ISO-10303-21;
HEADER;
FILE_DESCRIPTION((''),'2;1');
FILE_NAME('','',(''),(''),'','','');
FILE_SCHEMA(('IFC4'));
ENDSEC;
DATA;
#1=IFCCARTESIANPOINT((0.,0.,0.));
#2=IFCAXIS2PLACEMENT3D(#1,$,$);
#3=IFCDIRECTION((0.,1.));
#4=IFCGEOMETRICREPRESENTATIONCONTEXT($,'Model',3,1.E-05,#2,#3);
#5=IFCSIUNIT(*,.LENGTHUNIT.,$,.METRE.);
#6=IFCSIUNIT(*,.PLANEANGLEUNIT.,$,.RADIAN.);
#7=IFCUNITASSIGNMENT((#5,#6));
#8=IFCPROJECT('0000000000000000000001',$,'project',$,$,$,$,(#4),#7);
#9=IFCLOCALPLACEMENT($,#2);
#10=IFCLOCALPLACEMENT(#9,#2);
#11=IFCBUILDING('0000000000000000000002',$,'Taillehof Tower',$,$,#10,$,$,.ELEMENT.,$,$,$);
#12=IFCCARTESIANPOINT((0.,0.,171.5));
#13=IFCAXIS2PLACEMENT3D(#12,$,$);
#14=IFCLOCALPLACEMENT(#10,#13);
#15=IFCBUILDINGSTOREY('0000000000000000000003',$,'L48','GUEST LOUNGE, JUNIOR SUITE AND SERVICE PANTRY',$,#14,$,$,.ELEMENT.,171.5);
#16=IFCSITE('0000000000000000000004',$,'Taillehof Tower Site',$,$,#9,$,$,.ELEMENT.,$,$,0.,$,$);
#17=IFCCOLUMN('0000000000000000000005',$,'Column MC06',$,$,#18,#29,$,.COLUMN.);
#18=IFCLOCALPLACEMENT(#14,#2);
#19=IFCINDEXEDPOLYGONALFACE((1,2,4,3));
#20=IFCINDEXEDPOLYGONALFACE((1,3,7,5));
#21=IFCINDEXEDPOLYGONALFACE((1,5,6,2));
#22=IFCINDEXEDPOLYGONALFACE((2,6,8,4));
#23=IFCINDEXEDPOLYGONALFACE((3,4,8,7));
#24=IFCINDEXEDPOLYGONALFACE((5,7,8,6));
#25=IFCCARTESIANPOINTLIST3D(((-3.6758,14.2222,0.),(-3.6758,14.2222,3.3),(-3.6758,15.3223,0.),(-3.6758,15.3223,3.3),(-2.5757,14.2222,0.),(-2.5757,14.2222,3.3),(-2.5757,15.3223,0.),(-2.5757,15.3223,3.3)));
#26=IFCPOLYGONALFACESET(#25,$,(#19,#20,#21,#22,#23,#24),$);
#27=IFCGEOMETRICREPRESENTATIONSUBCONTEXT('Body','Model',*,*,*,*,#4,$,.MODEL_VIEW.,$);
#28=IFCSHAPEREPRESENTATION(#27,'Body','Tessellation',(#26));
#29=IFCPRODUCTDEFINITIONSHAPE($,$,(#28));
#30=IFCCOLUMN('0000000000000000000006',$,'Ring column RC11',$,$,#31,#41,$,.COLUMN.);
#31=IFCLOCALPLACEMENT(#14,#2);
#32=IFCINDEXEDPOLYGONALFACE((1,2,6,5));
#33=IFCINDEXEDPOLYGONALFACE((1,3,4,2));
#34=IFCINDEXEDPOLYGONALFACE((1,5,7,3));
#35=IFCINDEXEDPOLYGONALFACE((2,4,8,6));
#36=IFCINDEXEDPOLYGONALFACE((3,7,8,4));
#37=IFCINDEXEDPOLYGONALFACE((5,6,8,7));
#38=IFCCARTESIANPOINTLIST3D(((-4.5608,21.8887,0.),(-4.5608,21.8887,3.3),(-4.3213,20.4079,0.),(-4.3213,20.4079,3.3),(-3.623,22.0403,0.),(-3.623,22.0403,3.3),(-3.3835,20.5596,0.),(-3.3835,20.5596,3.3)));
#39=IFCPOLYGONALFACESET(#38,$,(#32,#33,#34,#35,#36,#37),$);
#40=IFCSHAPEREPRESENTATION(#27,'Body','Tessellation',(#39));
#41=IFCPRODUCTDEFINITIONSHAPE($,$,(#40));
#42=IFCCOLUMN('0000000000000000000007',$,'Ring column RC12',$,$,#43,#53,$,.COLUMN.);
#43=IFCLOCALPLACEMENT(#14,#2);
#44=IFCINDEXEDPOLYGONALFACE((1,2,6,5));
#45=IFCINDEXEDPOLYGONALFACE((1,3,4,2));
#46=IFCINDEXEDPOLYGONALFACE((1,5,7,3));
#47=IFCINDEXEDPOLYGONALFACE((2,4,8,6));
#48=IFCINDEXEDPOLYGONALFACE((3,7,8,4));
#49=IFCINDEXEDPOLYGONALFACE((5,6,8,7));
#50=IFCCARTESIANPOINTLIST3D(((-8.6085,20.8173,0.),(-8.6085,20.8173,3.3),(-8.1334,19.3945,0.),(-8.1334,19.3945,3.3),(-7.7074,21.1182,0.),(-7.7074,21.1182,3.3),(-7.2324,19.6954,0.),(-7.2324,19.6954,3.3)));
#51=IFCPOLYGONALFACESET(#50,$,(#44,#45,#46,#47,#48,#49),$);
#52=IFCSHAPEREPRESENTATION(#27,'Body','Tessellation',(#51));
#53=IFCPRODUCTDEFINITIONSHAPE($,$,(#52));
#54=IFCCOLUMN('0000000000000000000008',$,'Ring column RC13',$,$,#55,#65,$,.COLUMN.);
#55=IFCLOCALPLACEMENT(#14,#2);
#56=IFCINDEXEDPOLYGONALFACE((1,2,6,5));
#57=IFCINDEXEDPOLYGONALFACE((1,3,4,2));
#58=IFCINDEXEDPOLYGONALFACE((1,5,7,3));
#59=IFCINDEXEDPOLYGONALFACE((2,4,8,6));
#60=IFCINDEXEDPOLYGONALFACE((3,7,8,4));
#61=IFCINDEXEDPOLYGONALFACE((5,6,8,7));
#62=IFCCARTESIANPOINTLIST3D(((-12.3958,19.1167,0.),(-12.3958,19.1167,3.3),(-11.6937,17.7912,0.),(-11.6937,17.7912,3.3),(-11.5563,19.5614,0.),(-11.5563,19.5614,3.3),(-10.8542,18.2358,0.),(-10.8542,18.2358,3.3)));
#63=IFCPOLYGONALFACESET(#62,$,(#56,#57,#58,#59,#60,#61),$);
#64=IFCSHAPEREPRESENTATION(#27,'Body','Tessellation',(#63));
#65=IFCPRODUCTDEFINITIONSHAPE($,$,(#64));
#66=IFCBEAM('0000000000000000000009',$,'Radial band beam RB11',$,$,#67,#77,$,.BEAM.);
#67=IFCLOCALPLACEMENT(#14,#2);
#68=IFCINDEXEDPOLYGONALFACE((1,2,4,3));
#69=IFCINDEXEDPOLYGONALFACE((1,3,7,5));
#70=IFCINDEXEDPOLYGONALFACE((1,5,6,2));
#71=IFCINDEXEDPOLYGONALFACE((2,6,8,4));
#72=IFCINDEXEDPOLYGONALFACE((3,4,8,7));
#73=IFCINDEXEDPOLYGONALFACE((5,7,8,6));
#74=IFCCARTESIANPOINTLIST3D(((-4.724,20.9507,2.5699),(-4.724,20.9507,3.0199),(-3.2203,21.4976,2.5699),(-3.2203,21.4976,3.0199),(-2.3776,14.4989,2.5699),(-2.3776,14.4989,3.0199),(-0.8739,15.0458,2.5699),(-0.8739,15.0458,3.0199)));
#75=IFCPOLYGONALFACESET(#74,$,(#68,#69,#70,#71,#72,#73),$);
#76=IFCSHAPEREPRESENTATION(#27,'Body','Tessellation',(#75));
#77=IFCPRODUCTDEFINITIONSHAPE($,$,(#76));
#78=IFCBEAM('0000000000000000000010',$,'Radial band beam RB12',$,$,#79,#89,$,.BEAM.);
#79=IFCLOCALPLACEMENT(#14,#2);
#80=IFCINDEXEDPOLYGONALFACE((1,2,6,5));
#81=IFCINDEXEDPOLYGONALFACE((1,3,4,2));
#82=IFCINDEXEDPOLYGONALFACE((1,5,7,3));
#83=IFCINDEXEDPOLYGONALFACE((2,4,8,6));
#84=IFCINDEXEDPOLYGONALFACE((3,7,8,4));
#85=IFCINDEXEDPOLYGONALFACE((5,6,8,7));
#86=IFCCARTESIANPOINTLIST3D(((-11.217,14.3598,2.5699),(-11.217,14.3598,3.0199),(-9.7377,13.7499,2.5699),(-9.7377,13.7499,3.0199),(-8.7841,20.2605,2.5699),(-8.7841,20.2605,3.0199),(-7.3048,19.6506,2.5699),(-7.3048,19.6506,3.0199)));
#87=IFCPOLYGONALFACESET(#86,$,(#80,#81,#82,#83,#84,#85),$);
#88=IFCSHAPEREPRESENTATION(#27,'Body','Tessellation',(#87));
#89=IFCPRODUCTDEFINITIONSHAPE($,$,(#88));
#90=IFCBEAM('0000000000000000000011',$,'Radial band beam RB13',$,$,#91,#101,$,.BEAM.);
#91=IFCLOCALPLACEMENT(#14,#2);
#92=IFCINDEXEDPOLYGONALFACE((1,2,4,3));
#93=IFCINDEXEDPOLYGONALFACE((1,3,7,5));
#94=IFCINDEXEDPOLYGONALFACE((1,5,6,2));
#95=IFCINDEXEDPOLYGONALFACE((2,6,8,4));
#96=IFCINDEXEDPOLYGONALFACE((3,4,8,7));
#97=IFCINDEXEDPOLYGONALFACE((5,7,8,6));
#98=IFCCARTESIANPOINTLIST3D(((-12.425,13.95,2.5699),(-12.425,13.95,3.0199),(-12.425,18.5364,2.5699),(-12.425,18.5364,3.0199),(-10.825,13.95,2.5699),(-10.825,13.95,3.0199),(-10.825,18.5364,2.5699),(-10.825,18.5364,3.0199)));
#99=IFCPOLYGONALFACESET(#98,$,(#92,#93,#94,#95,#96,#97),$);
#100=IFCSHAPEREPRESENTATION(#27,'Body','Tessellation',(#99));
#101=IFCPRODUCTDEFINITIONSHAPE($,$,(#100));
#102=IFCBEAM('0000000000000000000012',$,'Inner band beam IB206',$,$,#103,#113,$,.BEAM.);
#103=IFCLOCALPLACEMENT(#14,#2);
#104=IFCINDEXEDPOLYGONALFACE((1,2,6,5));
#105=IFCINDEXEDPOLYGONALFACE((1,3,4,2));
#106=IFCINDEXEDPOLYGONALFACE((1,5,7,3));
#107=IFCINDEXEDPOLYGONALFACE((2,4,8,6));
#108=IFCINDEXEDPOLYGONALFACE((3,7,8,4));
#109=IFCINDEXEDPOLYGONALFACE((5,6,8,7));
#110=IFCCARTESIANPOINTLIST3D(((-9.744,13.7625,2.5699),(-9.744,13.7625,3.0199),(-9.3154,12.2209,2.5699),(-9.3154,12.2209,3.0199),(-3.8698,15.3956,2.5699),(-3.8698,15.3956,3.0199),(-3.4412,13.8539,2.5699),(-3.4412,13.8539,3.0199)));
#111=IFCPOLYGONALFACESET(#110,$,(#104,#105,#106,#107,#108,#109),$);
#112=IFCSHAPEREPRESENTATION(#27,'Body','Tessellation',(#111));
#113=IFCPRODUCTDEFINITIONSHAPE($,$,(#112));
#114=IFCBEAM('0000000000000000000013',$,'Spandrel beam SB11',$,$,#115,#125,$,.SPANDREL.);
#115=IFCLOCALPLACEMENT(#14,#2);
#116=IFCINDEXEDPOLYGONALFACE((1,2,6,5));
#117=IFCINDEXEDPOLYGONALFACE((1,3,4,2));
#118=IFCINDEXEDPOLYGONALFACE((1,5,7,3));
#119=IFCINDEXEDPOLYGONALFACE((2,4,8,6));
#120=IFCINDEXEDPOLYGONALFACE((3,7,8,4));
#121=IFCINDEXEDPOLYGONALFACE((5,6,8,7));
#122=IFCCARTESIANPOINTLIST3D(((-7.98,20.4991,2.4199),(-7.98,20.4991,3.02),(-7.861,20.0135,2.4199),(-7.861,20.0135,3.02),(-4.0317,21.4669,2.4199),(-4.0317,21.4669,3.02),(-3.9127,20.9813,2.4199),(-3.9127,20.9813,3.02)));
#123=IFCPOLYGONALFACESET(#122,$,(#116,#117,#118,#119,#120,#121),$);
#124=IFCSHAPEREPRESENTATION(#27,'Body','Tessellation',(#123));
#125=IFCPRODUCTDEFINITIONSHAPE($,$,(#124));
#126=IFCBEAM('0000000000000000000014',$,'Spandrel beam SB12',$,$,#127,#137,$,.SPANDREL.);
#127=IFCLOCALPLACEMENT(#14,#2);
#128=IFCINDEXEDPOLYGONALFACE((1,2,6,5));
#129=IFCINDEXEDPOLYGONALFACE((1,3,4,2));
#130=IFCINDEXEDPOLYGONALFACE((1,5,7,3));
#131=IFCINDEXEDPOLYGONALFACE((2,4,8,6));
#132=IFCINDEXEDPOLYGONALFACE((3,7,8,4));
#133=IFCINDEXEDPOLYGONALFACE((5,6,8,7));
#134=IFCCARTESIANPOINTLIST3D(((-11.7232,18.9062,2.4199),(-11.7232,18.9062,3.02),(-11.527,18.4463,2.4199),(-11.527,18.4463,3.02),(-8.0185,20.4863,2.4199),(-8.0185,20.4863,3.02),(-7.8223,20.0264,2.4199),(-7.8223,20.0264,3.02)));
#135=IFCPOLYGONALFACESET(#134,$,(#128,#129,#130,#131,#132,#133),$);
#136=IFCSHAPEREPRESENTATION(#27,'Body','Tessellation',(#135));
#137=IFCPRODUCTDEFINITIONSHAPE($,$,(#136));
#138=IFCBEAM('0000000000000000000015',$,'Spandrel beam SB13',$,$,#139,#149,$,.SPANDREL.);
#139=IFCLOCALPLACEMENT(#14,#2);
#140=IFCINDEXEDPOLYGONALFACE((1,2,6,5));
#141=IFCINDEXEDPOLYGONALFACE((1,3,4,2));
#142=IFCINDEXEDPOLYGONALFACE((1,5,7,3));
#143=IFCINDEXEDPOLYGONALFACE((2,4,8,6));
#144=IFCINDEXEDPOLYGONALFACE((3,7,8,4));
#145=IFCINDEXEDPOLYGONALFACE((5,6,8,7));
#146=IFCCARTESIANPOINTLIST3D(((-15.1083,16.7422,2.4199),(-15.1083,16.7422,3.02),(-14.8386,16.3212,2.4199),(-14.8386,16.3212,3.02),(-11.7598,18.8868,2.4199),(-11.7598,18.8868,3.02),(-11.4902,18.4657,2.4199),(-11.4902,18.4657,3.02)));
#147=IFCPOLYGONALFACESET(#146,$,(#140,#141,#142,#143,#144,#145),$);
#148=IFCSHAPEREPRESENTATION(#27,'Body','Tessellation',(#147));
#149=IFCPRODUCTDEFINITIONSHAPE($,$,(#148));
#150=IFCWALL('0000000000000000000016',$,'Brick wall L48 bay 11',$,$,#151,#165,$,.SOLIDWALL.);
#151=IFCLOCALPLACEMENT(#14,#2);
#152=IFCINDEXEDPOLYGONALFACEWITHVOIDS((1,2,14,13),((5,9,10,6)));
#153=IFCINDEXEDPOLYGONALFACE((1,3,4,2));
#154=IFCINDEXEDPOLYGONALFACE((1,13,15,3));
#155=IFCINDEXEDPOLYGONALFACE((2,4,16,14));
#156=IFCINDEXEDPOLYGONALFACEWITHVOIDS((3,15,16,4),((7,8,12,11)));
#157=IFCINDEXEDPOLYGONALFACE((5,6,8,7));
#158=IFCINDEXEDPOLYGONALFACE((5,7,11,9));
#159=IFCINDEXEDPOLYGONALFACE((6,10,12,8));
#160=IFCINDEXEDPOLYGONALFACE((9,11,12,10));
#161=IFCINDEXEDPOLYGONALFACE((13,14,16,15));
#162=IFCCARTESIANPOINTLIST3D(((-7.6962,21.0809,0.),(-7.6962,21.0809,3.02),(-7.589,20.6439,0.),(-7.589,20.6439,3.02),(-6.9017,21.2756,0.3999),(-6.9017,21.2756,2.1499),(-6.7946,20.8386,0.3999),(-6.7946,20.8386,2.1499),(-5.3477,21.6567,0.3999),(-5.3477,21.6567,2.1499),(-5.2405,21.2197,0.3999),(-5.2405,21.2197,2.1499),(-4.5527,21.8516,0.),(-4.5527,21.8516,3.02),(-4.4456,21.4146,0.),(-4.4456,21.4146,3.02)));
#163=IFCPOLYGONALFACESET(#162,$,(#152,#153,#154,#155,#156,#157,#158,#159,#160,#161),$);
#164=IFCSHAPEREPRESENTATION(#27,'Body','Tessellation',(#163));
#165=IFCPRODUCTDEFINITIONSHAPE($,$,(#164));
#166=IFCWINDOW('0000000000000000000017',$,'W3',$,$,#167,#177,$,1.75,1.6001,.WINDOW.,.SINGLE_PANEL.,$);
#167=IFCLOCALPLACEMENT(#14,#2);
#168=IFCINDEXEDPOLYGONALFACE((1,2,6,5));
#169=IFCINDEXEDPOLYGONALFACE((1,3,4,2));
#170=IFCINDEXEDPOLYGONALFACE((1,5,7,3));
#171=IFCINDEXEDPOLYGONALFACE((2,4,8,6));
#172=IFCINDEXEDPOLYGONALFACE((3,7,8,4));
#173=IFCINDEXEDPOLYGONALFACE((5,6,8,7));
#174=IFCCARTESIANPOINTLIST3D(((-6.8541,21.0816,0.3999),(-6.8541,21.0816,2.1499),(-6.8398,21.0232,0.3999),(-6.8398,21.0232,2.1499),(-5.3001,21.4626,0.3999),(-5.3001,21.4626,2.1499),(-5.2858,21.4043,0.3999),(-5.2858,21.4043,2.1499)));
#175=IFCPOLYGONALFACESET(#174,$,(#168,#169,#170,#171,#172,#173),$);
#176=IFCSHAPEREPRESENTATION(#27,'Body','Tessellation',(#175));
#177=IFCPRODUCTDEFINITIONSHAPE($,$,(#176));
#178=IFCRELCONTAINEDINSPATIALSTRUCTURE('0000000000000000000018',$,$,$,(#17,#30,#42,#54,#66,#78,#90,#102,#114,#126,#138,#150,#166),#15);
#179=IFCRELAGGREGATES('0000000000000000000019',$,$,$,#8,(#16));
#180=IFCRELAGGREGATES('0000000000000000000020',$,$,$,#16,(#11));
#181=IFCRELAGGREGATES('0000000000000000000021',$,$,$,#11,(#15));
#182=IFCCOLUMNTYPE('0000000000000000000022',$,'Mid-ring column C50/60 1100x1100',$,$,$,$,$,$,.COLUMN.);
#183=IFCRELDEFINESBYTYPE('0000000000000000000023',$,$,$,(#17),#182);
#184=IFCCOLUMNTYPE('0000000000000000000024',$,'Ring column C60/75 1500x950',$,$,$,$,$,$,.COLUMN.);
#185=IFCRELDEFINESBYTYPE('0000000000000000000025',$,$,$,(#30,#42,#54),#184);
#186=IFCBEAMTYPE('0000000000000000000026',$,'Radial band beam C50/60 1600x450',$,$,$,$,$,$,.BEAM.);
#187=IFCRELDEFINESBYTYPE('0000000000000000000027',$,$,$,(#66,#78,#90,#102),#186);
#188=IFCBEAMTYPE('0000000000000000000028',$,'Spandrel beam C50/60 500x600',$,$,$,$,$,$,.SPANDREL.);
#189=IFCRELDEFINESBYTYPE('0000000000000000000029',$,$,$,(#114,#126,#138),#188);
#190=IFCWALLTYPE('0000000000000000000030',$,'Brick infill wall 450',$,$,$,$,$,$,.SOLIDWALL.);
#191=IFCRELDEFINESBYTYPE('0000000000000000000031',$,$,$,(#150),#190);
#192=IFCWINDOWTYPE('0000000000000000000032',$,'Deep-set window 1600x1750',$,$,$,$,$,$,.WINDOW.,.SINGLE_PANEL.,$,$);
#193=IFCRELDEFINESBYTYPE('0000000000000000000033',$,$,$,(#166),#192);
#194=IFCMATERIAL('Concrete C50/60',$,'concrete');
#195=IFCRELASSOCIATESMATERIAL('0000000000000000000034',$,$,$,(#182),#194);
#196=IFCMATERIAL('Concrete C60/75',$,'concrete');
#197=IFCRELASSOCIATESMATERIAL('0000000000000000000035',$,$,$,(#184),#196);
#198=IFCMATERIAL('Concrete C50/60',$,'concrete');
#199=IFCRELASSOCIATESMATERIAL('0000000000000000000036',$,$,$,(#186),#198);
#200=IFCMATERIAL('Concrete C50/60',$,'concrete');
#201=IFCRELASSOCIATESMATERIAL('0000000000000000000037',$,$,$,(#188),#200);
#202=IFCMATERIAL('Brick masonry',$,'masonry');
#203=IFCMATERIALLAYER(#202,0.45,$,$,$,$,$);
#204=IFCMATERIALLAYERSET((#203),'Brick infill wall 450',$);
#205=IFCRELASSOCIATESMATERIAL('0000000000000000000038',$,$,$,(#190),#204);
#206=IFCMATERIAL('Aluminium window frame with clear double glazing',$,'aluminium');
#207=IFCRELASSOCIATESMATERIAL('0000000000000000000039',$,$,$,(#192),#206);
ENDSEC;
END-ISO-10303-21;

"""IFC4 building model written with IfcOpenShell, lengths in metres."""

from ifc_helpers import new_model, si_unit, direction, frame, frame_2d, origin, origin_2d, place, context, subcontext, project, spatial, rectangle, extrude, material, layer, layer_set, material_profile, profile_set, type_object, element, fill, save


model = new_model("IFC4")

# Units and contexts
model_context = context("Model", 3, precision=1e-05, world=origin(), true_north=direction((0.0, 1.0)))
body_context = subcontext(model_context, "Body", "Model", "MODEL_VIEW")
ifc_project = project(units=[si_unit("LENGTHUNIT", "METRE"), si_unit("PLANEANGLEUNIT", "RADIAN")], contexts=[model_context])

# Site, building, storey
site_placement = place(None, origin())
site = spatial("IfcSite", under=ifc_project, at=site_placement, Name="Taillehof Tower Site", CompositionType="ELEMENT", RefElevation=0.0)
building_placement = place(site_placement, origin())
building = spatial("IfcBuilding", under=site, at=building_placement, Name="Taillehof Tower", CompositionType="ELEMENT")
storey_placement = place(building_placement, frame((0.0, 0.0, 171.5)))
storey = spatial("IfcBuildingStorey", under=building, at=storey_placement, Name="L48", Description="GUEST LOUNGE, JUNIOR SUITE AND SERVICE PANTRY", CompositionType="ELEMENT", Elevation=171.5)

# Columns
ifc_material_1 = material(Name="Concrete C50/60", Category="concrete")
ifc_material_profile_1 = material_profile(ifc_material_1, rectangle(XDim=1.1001, YDim=1.1001, at=origin_2d()), Name="RC 1100x1100")
ifc_profile_set_1 = profile_set([ifc_material_profile_1], Name="Concrete C50/60")
column_type_1 = type_object("IfcColumnType", Name="Mid-ring column C50/60 1100x1100", PredefinedType="COLUMN", material=ifc_profile_set_1)
column_placement = place(storey_placement, frame((-3.1257, 14.7722, 0.0), z_axis=(0.0, 0.0, 1.0), x_axis=(1.0, 0.0, 0.0)))
element("IfcColumn", 1, at=column_placement, inside=storey, type_object=column_type_1, Name="Column MC06", PredefinedType="COLUMN", context=body_context, shape_type="SweptSolid", body=[
    extrude(rectangle(XDim=1.1001, YDim=1.1001, at=origin_2d()), origin(), (0.0, 0.0, 1.0), 3.3),
])
ifc_material_2 = material(Name="Concrete C60/75", Category="concrete")
ifc_material_profile_2 = material_profile(ifc_material_2, rectangle(XDim=1.5, YDim=0.95, at=origin_2d()), Name="RC 1500x950")
ifc_profile_set_2 = profile_set([ifc_material_profile_2], Name="Concrete C60/75")
column_type_2 = type_object("IfcColumnType", Name="Ring column C60/75 1500x950", PredefinedType="COLUMN", material=ifc_profile_set_2)
for number, where, z_axis, x_axis, name in (
    (2, (-3.9722, 21.2241, 0.0), (0.0, 0.0, 1.0), (-0.159679, 0.987169, 0.0), "Ring column RC11"),
    (3, (-7.9204, 20.2563, 0.0), (0.0, 0.0, 1.0), (-0.316703, 0.948525, 0.0), "Ring column RC12"),
    (4, (-11.625, 18.6763, 0.0), (0.0, 0.0, 1.0), (-0.468042, 0.883706, 0.0), "Ring column RC13"),
):
    element("IfcColumn", number, at=place(storey_placement, frame(where, z_axis=z_axis, x_axis=x_axis)), inside=storey, type_object=column_type_2, Name=name, PredefinedType="COLUMN", context=body_context, shape_type="SweptSolid", body=[
        extrude(rectangle(XDim=1.5, YDim=0.95, at=origin_2d()), origin(), (0.0, 0.0, 1.0), 3.3),
    ])

# Beams
ifc_material_3 = material(Name="Concrete C50/60", Category="concrete")
ifc_material_profile_3 = material_profile(ifc_material_3, rectangle(XDim=1.6001, YDim=0.45, at=origin_2d()), Name="RC 1600x450")
ifc_profile_set_3 = profile_set([ifc_material_profile_3], Name="Concrete C50/60")
beam_type_1 = type_object("IfcBeamType", Name="Radial band beam C50/60 1600x450", PredefinedType="BEAM", material=ifc_profile_set_3)
beam_1_placement = place(storey_placement, frame((-3.9722, 21.2241, 2.7949), z_axis=(0.34178, -0.93978, 0.0), x_axis=(0.93978, 0.34178, 0.0)))
element("IfcBeam", 5, at=beam_1_placement, inside=storey, type_object=beam_type_1, Name="Radial band beam RB11", PredefinedType="BEAM", context=body_context, shape_type="SweptSolid", body=[
    extrude(rectangle(XDim=1.6001, YDim=0.45, at=origin_2d()), origin(), (0.0, 0.0, 1.0), 6.8652),
])
beam_2_placement = place(storey_placement, frame((-8.0444, 19.9556, 2.7949), z_axis=(-0.381177, -0.924502, 0.0), x_axis=(0.924502, -0.381177, 0.0)))
element("IfcBeam", 6, at=beam_2_placement, inside=storey, type_object=beam_type_1, Name="Radial band beam RB12", PredefinedType="BEAM", context=body_context, shape_type="SweptSolid", body=[
    extrude(rectangle(XDim=1.6001, YDim=0.45, at=origin_2d()), origin(), (0.0, 0.0, 1.0), 6.3826),
])
beam_3_placement = place(storey_placement, frame((-11.625, 18.5364, 2.7949), z_axis=(0.0, -1.0, 0.0), x_axis=(1.0, 0.0, 0.0)))
element("IfcBeam", 7, at=beam_3_placement, inside=storey, type_object=beam_type_1, Name="Radial band beam RB13", PredefinedType="BEAM", context=body_context, shape_type="SweptSolid", body=[
    extrude(rectangle(XDim=1.6001, YDim=0.45, at=origin_2d()), origin(), (0.0, 0.0, 1.0), 4.5864),
])
beam_4_placement = place(storey_placement, frame((-3.6555, 14.6248, 2.7949), z_axis=(-0.963459, -0.267855, 0.0), x_axis=(0.267855, -0.963459, 0.0)))
element("IfcBeam", 8, at=beam_4_placement, inside=storey, type_object=beam_type_1, Name="Inner band beam IB206", PredefinedType="BEAM", context=body_context, shape_type="SweptSolid", body=[
    extrude(rectangle(XDim=1.6001, YDim=0.45, at=origin_2d()), origin(), (0.0, 0.0, 1.0), 6.0969),
])
ifc_material_4 = material(Name="Concrete C50/60", Category="concrete")
ifc_material_profile_4 = material_profile(ifc_material_4, rectangle(XDim=0.5, YDim=0.6001, at=origin_2d()), Name="RC 500x600")
ifc_profile_set_4 = profile_set([ifc_material_profile_4], Name="Concrete C50/60")
beam_type_2 = type_object("IfcBeamType", Name="Spandrel beam C50/60 500x600", PredefinedType="SPANDREL", material=ifc_profile_set_4)
beam_5_placement = place(storey_placement, frame((-3.9722, 21.2241, 2.72), z_axis=(-0.971249, -0.238068, 0.0), x_axis=(0.238068, -0.971249, 0.0)))
element("IfcBeam", 9, at=beam_5_placement, inside=storey, type_object=beam_type_2, Name="Spandrel beam SB11", PredefinedType="SPANDREL", context=body_context, shape_type="SweptSolid", body=[
    extrude(rectangle(XDim=0.5, YDim=0.6001, at=origin_2d()), origin(), (0.0, 0.0, 1.0), 4.0652),
])
beam_6_placement = place(storey_placement, frame((-7.9204, 20.2563, 2.72), z_axis=(-0.919827, -0.392324, 0.0), x_axis=(0.392324, -0.919827, 0.0)))
element("IfcBeam", 10, at=beam_6_placement, inside=storey, type_object=beam_type_2, Name="Spandrel beam SB12", PredefinedType="SPANDREL", context=body_context, shape_type="SweptSolid", body=[
    extrude(rectangle(XDim=0.5, YDim=0.6001, at=origin_2d()), origin(), (0.0, 0.0, 1.0), 4.0276),
])
beam_7_placement = place(storey_placement, frame((-11.625, 18.6763, 2.72), z_axis=(-0.842093, -0.539332, 0.0), x_axis=(0.539332, -0.842093, 0.0)))
element("IfcBeam", 11, at=beam_7_placement, inside=storey, type_object=beam_type_2, Name="Spandrel beam SB13", PredefinedType="SPANDREL", context=body_context, shape_type="SweptSolid", body=[
    extrude(rectangle(XDim=0.5, YDim=0.6001, at=origin_2d()), origin(), (0.0, 0.0, 1.0), 3.9763),
])

# Wall, opening, window
ifc_material_5 = material(Name="Brick masonry", Category="masonry")
ifc_layer_1 = layer(ifc_material_5, 0.45)
ifc_layer_set_1 = layer_set([ifc_layer_1], Name="Brick infill wall 450")
wall_type_1 = type_object("IfcWallType", Name="Brick infill wall 450", PredefinedType="SOLIDWALL", material=ifc_layer_set_1)
wall_1_placement = place(storey_placement, frame((-4.4993, 21.6331, 0.0), z_axis=(0.0, 0.0, 1.0), x_axis=(-0.971233, -0.238132, 0.0)))
wall_1 = element("IfcWall", 12, at=wall_1_placement, inside=storey, type_object=wall_type_1, Name="Brick wall L48 bay 11", PredefinedType="SOLIDWALL", context=body_context, shape_type="SweptSolid", body=[
    extrude(rectangle(XDim=3.2366, YDim=0.45, at=frame_2d((1.6182, 0.0))), origin(), (0.0, 0.0, 1.0), 3.02),
])
opening_1_placement = place(wall_1_placement, frame((0.8184, 0.0, 0.3999)))
opening_1 = element("IfcOpeningElement", 13, at=opening_1_placement, cuts=wall_1, PredefinedType="OPENING", context=body_context, shape_type="SweptSolid", body=[
    extrude(rectangle(XDim=1.6001, YDim=1.75, at=frame_2d((0.8, 0.875))), frame((0.0, 0.2349, 0.0), z_axis=(0.0, -1.0, 0.0), x_axis=(1.0, 0.0, 0.0)), (0.0, 0.0, 1.0), 0.47),
])
ifc_material_6 = material(Name="Aluminium window frame with clear double glazing", Category="aluminium")
window_type_1 = type_object("IfcWindowType", Name="Deep-set window 1600x1750", PartitioningType="SINGLE_PANEL", PredefinedType="WINDOW", material=ifc_material_6)
window_1_placement = place(opening_1_placement, origin())
window_1 = element("IfcWindow", 14, at=window_1_placement, inside=storey, type_object=window_type_1, Name="W3", OverallHeight=1.75, OverallWidth=1.6001, PartitioningType="SINGLE_PANEL", PredefinedType="WINDOW", context=body_context, shape_type="SweptSolid", body=[
    extrude(rectangle(XDim=1.6001, YDim=1.75, at=frame_2d((0.8, 0.875))), frame((0.0, 0.0349, 0.0), z_axis=(0.0, -1.0, 0.0), x_axis=(1.0, 0.0, 0.0)), (0.0, 0.0, 1.0), 0.0601),
])
fill(opening_1, window_1)

save(model, "model.ifc")
